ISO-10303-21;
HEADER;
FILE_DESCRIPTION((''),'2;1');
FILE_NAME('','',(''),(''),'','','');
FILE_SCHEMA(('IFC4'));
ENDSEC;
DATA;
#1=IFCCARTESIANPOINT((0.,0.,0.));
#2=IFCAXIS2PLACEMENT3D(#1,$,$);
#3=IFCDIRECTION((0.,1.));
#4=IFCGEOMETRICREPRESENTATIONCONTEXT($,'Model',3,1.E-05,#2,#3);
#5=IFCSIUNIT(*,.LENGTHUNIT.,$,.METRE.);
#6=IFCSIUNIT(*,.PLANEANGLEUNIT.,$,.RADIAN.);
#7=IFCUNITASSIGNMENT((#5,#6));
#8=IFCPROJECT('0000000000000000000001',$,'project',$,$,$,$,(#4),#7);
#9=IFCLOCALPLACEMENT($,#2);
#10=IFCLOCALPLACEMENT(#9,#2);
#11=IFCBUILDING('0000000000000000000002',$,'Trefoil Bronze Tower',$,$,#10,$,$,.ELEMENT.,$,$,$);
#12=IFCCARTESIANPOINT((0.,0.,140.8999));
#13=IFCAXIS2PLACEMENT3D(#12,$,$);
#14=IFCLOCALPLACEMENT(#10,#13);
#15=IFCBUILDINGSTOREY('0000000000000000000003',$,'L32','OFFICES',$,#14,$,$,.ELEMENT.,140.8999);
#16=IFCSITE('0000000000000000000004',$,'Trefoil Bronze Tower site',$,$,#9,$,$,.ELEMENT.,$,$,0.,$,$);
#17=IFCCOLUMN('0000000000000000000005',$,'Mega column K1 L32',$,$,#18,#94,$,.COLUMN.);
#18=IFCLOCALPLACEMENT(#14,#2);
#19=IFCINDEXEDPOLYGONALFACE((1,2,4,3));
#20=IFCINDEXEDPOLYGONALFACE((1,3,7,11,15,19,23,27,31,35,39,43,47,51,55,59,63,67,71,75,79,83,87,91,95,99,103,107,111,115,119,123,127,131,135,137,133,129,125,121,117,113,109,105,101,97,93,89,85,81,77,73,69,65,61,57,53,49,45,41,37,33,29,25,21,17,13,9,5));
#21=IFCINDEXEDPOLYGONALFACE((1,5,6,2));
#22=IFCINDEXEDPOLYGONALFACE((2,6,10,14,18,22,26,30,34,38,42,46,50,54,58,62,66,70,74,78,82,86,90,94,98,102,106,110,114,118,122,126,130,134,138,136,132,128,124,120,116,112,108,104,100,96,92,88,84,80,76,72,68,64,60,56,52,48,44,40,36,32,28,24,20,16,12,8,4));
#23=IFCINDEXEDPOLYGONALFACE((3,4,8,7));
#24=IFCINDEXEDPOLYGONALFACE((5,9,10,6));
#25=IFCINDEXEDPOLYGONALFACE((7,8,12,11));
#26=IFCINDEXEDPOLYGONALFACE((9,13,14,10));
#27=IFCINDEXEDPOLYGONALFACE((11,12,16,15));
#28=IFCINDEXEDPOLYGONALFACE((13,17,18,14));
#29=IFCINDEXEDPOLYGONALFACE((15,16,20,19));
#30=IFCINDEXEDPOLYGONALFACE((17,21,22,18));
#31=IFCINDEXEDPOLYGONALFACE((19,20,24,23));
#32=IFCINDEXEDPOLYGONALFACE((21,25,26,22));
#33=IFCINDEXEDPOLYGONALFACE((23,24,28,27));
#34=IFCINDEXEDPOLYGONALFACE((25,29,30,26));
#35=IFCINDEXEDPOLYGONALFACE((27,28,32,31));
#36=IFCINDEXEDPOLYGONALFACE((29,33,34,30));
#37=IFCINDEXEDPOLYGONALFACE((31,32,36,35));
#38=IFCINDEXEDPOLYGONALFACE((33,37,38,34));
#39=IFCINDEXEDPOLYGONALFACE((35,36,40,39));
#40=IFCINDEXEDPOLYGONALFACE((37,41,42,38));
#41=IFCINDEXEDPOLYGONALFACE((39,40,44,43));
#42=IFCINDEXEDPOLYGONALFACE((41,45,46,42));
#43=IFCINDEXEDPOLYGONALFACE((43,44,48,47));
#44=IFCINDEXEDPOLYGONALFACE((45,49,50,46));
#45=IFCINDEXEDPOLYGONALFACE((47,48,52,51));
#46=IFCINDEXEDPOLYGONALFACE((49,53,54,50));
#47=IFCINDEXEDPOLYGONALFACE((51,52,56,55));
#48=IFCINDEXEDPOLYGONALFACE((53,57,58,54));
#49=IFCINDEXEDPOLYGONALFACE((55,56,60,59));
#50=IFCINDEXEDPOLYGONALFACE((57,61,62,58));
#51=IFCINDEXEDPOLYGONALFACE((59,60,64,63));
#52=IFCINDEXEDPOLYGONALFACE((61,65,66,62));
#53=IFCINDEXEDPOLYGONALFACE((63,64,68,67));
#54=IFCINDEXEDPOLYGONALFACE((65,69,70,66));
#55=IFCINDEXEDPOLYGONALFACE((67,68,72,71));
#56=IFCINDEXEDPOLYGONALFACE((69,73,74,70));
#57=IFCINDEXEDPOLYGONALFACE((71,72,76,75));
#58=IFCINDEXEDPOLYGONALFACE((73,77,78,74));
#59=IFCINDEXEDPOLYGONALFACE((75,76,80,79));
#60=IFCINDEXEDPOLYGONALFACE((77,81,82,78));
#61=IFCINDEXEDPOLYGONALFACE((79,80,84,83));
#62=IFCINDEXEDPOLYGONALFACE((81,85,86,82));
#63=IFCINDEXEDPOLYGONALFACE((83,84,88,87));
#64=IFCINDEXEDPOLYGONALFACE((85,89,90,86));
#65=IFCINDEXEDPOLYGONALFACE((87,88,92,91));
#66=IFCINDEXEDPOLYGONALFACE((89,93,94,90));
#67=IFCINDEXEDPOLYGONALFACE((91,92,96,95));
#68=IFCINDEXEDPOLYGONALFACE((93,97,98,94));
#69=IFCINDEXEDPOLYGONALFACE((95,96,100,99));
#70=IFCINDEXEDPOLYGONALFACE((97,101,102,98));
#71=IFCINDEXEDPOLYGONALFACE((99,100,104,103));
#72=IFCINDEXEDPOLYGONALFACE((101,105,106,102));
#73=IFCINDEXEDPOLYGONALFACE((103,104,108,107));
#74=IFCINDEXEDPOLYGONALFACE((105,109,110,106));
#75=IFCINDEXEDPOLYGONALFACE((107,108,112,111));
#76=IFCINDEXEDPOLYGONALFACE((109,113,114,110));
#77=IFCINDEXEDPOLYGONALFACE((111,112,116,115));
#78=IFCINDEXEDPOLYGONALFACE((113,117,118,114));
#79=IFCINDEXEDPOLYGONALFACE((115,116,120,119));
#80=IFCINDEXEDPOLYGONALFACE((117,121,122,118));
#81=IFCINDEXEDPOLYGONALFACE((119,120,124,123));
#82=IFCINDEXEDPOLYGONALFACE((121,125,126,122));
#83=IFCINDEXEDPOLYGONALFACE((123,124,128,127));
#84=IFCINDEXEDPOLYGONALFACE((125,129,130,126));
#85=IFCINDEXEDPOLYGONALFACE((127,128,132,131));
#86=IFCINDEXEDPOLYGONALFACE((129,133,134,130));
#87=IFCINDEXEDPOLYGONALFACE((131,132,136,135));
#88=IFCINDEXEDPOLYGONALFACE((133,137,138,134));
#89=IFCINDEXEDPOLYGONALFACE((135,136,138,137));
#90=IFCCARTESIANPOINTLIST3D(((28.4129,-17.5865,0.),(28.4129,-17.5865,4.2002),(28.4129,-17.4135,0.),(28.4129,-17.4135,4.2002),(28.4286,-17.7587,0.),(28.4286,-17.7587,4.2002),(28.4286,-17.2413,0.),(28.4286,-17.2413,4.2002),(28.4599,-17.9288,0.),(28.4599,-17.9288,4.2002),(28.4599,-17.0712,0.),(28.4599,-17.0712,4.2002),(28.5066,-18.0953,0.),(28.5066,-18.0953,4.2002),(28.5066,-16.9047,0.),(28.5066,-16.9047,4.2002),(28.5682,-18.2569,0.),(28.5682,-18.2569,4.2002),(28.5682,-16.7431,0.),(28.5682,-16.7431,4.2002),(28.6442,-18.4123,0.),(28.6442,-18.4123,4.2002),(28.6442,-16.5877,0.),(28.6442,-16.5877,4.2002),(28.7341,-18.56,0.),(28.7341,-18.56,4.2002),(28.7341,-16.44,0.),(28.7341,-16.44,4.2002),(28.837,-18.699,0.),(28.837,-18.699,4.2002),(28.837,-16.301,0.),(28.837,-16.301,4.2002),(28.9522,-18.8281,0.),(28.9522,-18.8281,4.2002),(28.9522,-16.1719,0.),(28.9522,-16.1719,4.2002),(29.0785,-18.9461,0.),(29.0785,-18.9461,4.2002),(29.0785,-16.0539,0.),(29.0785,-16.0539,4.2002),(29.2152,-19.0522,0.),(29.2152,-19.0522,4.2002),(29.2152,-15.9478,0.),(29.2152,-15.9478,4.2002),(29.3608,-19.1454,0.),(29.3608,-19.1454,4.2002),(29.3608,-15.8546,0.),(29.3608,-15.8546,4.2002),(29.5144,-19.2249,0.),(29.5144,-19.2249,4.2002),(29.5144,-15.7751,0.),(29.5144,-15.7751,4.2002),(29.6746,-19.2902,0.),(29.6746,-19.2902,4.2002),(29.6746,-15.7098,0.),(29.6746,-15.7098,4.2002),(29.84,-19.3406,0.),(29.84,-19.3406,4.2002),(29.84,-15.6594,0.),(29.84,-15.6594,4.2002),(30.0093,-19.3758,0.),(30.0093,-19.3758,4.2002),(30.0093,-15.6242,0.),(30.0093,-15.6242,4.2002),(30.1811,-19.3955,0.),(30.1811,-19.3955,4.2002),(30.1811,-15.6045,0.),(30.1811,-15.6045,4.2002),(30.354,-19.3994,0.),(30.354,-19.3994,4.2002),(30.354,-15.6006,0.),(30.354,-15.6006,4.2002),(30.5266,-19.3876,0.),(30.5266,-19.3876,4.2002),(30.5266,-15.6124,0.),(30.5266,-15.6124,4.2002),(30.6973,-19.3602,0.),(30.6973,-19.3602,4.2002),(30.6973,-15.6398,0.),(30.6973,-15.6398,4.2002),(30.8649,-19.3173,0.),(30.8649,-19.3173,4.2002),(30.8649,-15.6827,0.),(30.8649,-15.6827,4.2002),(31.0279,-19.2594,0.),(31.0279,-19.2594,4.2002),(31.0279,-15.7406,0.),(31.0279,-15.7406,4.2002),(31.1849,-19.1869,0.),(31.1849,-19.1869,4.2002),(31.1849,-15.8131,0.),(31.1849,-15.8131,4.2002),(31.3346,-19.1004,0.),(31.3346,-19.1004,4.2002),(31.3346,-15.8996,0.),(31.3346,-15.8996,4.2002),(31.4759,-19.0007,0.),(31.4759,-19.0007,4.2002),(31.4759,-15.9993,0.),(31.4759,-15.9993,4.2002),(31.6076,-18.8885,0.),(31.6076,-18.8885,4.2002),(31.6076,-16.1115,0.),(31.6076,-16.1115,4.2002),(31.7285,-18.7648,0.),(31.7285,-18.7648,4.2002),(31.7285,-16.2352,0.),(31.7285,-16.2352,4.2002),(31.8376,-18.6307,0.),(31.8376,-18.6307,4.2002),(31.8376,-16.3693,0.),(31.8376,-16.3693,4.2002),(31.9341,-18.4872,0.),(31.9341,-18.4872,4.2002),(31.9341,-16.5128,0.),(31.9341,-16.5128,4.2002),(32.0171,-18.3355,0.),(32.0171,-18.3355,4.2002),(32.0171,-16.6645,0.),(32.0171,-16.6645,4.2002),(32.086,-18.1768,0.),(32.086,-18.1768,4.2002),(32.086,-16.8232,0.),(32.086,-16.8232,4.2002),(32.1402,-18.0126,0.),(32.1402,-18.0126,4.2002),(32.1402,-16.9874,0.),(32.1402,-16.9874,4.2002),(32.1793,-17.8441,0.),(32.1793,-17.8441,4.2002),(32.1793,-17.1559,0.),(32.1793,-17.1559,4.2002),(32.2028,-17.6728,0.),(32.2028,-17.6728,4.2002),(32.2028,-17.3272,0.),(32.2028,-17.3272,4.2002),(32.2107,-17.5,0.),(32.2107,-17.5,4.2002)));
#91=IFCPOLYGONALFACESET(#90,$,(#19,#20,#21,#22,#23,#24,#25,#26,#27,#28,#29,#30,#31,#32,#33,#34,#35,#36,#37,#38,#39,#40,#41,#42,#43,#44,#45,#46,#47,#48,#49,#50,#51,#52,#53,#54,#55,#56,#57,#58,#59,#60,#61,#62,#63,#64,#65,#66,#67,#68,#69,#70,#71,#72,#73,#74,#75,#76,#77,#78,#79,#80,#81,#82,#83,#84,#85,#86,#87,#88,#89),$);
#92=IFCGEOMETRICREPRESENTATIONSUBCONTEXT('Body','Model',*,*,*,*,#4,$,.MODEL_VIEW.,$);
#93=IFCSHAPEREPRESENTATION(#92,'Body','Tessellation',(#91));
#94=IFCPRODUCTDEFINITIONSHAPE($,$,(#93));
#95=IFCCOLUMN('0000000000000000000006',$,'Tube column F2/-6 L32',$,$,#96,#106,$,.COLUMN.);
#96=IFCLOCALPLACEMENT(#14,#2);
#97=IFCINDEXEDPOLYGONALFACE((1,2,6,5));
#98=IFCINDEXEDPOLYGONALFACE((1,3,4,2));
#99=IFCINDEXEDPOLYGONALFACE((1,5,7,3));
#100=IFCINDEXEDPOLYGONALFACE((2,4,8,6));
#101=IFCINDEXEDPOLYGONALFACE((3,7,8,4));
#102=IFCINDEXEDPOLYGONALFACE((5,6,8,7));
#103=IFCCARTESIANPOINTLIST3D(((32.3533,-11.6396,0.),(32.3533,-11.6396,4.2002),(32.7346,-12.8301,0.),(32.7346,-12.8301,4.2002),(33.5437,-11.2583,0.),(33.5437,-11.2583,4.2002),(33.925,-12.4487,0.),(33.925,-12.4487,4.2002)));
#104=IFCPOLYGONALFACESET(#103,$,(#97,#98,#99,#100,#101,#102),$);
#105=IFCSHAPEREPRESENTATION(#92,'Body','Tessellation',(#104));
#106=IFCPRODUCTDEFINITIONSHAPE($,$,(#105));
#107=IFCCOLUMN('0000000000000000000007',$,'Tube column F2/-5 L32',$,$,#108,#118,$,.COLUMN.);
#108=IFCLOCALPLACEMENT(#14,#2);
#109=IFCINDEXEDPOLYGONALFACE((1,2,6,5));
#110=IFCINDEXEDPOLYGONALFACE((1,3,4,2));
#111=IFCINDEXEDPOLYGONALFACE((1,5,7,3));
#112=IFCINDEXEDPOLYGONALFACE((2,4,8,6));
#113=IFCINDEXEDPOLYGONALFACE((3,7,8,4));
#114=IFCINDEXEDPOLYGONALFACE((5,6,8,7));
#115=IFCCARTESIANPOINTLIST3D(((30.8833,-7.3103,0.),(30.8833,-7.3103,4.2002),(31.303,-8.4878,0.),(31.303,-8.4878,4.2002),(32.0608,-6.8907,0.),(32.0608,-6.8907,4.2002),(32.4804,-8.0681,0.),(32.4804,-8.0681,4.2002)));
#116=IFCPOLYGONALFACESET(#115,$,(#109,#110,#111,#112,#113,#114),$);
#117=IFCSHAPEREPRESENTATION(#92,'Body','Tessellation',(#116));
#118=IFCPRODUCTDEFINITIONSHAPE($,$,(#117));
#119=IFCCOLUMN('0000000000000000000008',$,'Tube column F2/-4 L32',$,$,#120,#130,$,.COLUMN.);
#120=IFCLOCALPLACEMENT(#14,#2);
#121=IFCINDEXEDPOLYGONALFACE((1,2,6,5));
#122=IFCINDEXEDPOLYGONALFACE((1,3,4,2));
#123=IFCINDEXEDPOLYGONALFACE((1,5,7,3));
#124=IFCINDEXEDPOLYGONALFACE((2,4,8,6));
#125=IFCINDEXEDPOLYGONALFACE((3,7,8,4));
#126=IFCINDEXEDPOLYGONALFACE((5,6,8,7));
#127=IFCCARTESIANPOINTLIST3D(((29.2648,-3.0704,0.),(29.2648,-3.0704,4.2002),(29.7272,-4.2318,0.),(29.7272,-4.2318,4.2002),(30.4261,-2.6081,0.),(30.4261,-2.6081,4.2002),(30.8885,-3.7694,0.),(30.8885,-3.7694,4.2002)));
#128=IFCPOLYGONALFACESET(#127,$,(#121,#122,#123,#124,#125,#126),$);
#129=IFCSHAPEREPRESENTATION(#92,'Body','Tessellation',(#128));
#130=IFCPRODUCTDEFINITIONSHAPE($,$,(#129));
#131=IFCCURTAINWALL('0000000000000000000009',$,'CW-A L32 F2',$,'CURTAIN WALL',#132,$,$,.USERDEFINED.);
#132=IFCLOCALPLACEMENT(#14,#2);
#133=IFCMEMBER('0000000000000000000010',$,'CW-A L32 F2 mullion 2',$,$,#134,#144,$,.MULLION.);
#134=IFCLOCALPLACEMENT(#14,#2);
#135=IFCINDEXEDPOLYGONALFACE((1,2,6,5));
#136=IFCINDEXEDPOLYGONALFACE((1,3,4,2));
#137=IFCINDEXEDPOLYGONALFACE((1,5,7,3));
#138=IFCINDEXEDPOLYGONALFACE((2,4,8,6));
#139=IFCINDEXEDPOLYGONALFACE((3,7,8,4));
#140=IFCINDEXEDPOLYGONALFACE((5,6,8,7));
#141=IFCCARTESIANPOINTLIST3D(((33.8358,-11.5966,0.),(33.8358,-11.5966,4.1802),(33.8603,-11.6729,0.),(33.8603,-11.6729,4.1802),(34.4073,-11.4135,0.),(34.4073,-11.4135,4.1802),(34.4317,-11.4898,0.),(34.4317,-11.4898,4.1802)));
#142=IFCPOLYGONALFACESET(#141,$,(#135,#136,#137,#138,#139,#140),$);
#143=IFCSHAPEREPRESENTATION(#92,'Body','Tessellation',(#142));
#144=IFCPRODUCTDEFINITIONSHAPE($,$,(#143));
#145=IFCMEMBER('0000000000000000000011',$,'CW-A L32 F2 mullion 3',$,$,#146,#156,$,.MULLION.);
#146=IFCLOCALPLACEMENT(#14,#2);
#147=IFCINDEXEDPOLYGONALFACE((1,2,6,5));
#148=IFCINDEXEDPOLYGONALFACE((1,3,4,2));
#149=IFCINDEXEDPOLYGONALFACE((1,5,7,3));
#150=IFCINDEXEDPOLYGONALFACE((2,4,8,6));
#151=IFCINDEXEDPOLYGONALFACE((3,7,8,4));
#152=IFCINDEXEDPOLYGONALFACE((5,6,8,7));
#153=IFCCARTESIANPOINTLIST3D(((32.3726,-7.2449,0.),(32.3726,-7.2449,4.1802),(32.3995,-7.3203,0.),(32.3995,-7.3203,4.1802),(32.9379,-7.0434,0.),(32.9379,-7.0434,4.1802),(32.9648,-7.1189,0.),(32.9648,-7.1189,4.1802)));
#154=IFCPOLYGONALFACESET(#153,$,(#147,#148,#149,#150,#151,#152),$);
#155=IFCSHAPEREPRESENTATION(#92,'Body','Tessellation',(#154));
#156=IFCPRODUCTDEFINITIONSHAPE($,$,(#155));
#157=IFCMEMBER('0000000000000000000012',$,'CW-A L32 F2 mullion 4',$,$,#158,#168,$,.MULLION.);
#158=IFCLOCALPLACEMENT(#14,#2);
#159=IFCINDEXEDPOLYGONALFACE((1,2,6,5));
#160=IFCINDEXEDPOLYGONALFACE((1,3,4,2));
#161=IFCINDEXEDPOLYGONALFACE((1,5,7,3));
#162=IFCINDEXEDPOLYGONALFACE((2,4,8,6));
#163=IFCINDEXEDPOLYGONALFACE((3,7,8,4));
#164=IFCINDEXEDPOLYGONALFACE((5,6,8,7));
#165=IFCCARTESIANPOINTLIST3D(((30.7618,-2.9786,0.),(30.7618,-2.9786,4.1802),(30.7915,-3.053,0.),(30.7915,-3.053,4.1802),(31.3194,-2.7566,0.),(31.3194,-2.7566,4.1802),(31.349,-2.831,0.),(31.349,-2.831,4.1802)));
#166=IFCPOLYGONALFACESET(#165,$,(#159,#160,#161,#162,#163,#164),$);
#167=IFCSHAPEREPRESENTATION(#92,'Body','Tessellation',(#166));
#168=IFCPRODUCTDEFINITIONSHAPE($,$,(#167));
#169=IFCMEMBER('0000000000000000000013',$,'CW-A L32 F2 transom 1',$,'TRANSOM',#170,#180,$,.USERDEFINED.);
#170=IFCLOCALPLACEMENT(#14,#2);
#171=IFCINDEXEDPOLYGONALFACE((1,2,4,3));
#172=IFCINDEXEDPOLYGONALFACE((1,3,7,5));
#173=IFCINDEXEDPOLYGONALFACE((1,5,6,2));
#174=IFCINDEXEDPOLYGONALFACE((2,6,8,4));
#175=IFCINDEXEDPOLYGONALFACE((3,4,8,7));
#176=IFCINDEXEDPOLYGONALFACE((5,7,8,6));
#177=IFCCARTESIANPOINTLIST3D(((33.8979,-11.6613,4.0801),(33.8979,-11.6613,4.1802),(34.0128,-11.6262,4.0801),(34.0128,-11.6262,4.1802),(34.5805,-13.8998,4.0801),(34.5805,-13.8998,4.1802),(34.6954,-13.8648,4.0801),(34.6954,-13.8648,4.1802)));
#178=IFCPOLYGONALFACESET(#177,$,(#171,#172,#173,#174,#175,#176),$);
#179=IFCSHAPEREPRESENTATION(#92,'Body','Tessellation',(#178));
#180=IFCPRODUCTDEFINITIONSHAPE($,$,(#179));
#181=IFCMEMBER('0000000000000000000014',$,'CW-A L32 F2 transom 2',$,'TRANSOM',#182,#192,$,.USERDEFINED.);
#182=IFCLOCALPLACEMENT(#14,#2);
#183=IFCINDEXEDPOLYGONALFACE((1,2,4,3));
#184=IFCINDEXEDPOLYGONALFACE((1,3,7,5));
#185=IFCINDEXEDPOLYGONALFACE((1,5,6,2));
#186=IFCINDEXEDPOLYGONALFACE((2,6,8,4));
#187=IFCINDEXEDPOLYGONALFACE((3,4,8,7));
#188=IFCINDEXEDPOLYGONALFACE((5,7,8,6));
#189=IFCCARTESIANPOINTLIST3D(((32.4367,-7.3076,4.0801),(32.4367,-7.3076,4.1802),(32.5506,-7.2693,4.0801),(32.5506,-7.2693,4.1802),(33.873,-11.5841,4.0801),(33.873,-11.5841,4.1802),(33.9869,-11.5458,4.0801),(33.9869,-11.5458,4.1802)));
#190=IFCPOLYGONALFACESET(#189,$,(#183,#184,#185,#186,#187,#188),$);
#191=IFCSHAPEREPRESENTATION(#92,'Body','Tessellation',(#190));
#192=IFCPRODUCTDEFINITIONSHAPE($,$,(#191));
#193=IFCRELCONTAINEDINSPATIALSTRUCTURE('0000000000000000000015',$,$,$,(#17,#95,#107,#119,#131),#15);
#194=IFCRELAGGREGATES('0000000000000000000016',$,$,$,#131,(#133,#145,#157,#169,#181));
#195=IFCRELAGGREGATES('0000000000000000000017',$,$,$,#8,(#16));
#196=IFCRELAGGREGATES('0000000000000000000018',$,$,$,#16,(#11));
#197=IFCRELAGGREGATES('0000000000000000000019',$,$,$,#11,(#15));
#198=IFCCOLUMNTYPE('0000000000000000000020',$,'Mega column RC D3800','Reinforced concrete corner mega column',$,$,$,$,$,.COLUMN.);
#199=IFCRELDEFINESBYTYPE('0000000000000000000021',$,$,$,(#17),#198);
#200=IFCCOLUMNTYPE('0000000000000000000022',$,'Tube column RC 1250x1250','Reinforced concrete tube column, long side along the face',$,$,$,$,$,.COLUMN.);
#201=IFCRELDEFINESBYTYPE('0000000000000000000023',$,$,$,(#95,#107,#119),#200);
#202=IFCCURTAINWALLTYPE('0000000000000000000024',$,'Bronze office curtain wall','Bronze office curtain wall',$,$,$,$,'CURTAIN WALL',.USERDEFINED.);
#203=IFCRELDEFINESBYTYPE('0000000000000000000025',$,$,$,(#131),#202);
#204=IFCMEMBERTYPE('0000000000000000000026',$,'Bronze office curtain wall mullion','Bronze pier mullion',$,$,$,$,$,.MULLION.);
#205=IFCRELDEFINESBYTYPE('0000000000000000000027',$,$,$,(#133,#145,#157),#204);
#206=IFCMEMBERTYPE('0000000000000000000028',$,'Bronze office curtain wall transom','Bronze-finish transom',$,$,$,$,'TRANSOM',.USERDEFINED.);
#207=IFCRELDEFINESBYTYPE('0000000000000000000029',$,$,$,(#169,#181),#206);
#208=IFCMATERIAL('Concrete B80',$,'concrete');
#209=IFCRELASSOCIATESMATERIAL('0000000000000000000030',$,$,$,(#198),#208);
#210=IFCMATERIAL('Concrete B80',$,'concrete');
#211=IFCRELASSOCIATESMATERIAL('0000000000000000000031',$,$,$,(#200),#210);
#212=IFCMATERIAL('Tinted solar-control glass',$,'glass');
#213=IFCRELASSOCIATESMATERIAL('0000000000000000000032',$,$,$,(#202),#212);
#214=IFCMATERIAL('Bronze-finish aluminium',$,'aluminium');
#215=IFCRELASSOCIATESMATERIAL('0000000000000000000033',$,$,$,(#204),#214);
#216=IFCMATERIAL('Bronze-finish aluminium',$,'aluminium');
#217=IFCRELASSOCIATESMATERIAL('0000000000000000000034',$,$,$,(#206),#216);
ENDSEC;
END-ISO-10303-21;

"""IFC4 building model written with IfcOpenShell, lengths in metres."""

from ifc_helpers import new_model, si_unit, direction, frame, origin, origin_2d, place, context, subcontext, project, spatial, rectangle, circle, extrude, material, material_profile, profile_set, type_object, element, aggregate, save


model = new_model("IFC4")

# Units and contexts
model_context = context("Model", 3, precision=1e-05, world=origin(), true_north=direction((0.0, 1.0)))
body_context = subcontext(model_context, "Body", "Model", "MODEL_VIEW")
ifc_project = project(units=[si_unit("LENGTHUNIT", "METRE"), si_unit("PLANEANGLEUNIT", "RADIAN")], contexts=[model_context])

# Site, building, storey
site_placement = place(None, origin())
site = spatial("IfcSite", under=ifc_project, at=site_placement, Name="Trefoil Bronze Tower site", CompositionType="ELEMENT", RefElevation=0.0)
building_placement = place(site_placement, origin())
building = spatial("IfcBuilding", under=site, at=building_placement, Name="Trefoil Bronze Tower", CompositionType="ELEMENT")
storey_placement = place(building_placement, frame((0.0, 0.0, 140.8999)))
storey = spatial("IfcBuildingStorey", under=building, at=storey_placement, Name="L32", Description="OFFICES", CompositionType="ELEMENT", Elevation=140.8999)

# Columns
ifc_material_1 = material(Name="Concrete B80", Category="concrete")
ifc_material_profile_1 = material_profile(ifc_material_1, circle(Radius=1.8999, at=origin_2d()), Name="RC D3800")
ifc_profile_set_1 = profile_set([ifc_material_profile_1], Name="Concrete B80")
column_type_1 = type_object("IfcColumnType", Name="Mega column RC D3800", Description="Reinforced concrete corner mega column", PredefinedType="COLUMN", material=ifc_profile_set_1)
column_placement = place(storey_placement, frame((30.3108, -17.5, 0.0), z_axis=(0.0, 0.0, 1.0), x_axis=(1.0, 0.0, 0.0)))
element("IfcColumn", 1, at=column_placement, inside=storey, type_object=column_type_1, Name="Mega column K1 L32", PredefinedType="COLUMN", context=body_context, shape_type="SweptSolid", body=[
    extrude(circle(Radius=1.8999, at=origin_2d()), origin(), (0.0, 0.0, 1.0), 4.2002),
])
ifc_material_2 = material(Name="Concrete B80", Category="concrete")
ifc_material_profile_2 = material_profile(ifc_material_2, rectangle(XDim=1.25, YDim=1.25, at=origin_2d()), Name="RC 1250x1250")
ifc_profile_set_2 = profile_set([ifc_material_profile_2], Name="Concrete B80")
column_type_2 = type_object("IfcColumnType", Name="Tube column RC 1250x1250", Description="Reinforced concrete tube column, long side along the face", PredefinedType="COLUMN", material=ifc_profile_set_2)
for number, where, z_axis, x_axis, name in (
    (2, (33.1392, -12.0442, 0.0), (0.0, 0.0, 1.0), (-0.305066, 0.952331, 0.0), "Tube column F2/-6 L32"),
    (3, (31.6819, -7.6892, 0.0), (0.0, 0.0, 1.0), (-0.335718, 0.941963, 0.0), "Tube column F2/-5 L32"),
    (4, (30.0767, -3.4199, 0.0), (0.0, 0.0, 1.0), (-0.369901, 0.929071, 0.0), "Tube column F2/-4 L32"),
):
    element("IfcColumn", number, at=place(storey_placement, frame(where, z_axis=z_axis, x_axis=x_axis)), inside=storey, type_object=column_type_2, Name=name, PredefinedType="COLUMN", context=body_context, shape_type="SweptSolid", body=[
        extrude(rectangle(XDim=1.25, YDim=1.25, at=origin_2d()), origin(), (0.0, 0.0, 1.0), 4.2002),
    ])

# Curtain wall, members
ifc_material_3 = material(Name="Tinted solar-control glass", Category="glass")
curtain_wall_type_1 = type_object("IfcCurtainWallType", Name="Bronze office curtain wall", Description="Bronze office curtain wall", ElementType="CURTAIN WALL", PredefinedType="USERDEFINED", material=ifc_material_3)
curtain_wall_1_placement = place(storey_placement, origin())
curtain_wall_1 = element("IfcCurtainWall", 5, at=curtain_wall_1_placement, inside=storey, type_object=curtain_wall_type_1, Name="CW-A L32 F2", ObjectType="CURTAIN WALL", PredefinedType="USERDEFINED")
ifc_material_4 = material(Name="Bronze-finish aluminium", Category="aluminium")
ifc_material_profile_3 = material_profile(ifc_material_4, rectangle(XDim=0.6001, YDim=0.0801, at=origin_2d()), Name="CW-A mullion")
ifc_profile_set_3 = profile_set([ifc_material_profile_3], Name="Bronze-finish aluminium")
member_type_1 = type_object("IfcMemberType", Name="Bronze office curtain wall mullion", Description="Bronze pier mullion", PredefinedType="MULLION", material=ifc_profile_set_3)
member_1_placement = place(storey_placement, frame((34.1338, -11.5432, 0.0), z_axis=(0.0, 0.0, 1.0), x_axis=(-0.952331, -0.305066, 0.0)))
member_1 = element("IfcMember", 6, at=member_1_placement, type_object=member_type_1, Name="CW-A L32 F2 mullion 2", PredefinedType="MULLION", context=body_context, shape_type="SweptSolid", body=[
    extrude(rectangle(XDim=0.6001, YDim=0.0801, at=origin_2d()), origin(), (0.0, 0.0, 1.0), 4.1802),
])
member_2_placement = place(storey_placement, frame((32.6687, -7.1819, 0.0), z_axis=(0.0, 0.0, 1.0), x_axis=(-0.941963, -0.335718, 0.0)))
member_2 = element("IfcMember", 7, at=member_2_placement, type_object=member_type_1, Name="CW-A L32 F2 mullion 3", PredefinedType="MULLION", context=body_context, shape_type="SweptSolid", body=[
    extrude(rectangle(XDim=0.6001, YDim=0.0801, at=origin_2d()), origin(), (0.0, 0.0, 1.0), 4.1802),
])
member_3_placement = place(storey_placement, frame((31.0554, -2.9048, 0.0), z_axis=(0.0, 0.0, 1.0), x_axis=(-0.929071, -0.369901, 0.0)))
member_3 = element("IfcMember", 8, at=member_3_placement, type_object=member_type_1, Name="CW-A L32 F2 mullion 4", PredefinedType="MULLION", context=body_context, shape_type="SweptSolid", body=[
    extrude(rectangle(XDim=0.6001, YDim=0.0801, at=origin_2d()), origin(), (0.0, 0.0, 1.0), 4.1802),
])
ifc_material_5 = material(Name="Bronze-finish aluminium", Category="aluminium")
ifc_material_profile_4 = material_profile(ifc_material_5, rectangle(XDim=0.1201, YDim=0.1001, at=origin_2d()), Name="CW-A transom")
ifc_profile_set_4 = profile_set([ifc_material_profile_4], Name="Bronze-finish aluminium")
member_type_2 = type_object("IfcMemberType", Name="Bronze office curtain wall transom", Description="Bronze-finish transom", ElementType="TRANSOM", PredefinedType="USERDEFINED", material=ifc_profile_set_4)
member_4_placement = place(storey_placement, frame((34.6379, -13.8823, 4.1301), z_axis=(-0.29168, 0.956516, 0.0), x_axis=(-0.956516, -0.29168, 0.0)))
member_4 = element("IfcMember", 9, at=member_4_placement, type_object=member_type_2, Name="CW-A L32 F2 transom 1", ObjectType="TRANSOM", PredefinedType="USERDEFINED", context=body_context, shape_type="SweptSolid", body=[
    extrude(rectangle(XDim=0.1201, YDim=0.1001, at=origin_2d()), origin(), (0.0, 0.0, 1.0), 2.3403),
])
member_5_placement = place(storey_placement, frame((33.9299, -11.5649, 4.1301), z_axis=(-0.318386, 0.947961, 0.0), x_axis=(-0.947961, -0.318386, 0.0)))
member_5 = element("IfcMember", 10, at=member_5_placement, type_object=member_type_2, Name="CW-A L32 F2 transom 2", ObjectType="TRANSOM", PredefinedType="USERDEFINED", context=body_context, shape_type="SweptSolid", body=[
    extrude(rectangle(XDim=0.1201, YDim=0.1001, at=origin_2d()), origin(), (0.0, 0.0, 1.0), 4.5112),
])

aggregate(curtain_wall_1, [member_1, member_2, member_3, member_4, member_5])

save(model, "model.ifc")
